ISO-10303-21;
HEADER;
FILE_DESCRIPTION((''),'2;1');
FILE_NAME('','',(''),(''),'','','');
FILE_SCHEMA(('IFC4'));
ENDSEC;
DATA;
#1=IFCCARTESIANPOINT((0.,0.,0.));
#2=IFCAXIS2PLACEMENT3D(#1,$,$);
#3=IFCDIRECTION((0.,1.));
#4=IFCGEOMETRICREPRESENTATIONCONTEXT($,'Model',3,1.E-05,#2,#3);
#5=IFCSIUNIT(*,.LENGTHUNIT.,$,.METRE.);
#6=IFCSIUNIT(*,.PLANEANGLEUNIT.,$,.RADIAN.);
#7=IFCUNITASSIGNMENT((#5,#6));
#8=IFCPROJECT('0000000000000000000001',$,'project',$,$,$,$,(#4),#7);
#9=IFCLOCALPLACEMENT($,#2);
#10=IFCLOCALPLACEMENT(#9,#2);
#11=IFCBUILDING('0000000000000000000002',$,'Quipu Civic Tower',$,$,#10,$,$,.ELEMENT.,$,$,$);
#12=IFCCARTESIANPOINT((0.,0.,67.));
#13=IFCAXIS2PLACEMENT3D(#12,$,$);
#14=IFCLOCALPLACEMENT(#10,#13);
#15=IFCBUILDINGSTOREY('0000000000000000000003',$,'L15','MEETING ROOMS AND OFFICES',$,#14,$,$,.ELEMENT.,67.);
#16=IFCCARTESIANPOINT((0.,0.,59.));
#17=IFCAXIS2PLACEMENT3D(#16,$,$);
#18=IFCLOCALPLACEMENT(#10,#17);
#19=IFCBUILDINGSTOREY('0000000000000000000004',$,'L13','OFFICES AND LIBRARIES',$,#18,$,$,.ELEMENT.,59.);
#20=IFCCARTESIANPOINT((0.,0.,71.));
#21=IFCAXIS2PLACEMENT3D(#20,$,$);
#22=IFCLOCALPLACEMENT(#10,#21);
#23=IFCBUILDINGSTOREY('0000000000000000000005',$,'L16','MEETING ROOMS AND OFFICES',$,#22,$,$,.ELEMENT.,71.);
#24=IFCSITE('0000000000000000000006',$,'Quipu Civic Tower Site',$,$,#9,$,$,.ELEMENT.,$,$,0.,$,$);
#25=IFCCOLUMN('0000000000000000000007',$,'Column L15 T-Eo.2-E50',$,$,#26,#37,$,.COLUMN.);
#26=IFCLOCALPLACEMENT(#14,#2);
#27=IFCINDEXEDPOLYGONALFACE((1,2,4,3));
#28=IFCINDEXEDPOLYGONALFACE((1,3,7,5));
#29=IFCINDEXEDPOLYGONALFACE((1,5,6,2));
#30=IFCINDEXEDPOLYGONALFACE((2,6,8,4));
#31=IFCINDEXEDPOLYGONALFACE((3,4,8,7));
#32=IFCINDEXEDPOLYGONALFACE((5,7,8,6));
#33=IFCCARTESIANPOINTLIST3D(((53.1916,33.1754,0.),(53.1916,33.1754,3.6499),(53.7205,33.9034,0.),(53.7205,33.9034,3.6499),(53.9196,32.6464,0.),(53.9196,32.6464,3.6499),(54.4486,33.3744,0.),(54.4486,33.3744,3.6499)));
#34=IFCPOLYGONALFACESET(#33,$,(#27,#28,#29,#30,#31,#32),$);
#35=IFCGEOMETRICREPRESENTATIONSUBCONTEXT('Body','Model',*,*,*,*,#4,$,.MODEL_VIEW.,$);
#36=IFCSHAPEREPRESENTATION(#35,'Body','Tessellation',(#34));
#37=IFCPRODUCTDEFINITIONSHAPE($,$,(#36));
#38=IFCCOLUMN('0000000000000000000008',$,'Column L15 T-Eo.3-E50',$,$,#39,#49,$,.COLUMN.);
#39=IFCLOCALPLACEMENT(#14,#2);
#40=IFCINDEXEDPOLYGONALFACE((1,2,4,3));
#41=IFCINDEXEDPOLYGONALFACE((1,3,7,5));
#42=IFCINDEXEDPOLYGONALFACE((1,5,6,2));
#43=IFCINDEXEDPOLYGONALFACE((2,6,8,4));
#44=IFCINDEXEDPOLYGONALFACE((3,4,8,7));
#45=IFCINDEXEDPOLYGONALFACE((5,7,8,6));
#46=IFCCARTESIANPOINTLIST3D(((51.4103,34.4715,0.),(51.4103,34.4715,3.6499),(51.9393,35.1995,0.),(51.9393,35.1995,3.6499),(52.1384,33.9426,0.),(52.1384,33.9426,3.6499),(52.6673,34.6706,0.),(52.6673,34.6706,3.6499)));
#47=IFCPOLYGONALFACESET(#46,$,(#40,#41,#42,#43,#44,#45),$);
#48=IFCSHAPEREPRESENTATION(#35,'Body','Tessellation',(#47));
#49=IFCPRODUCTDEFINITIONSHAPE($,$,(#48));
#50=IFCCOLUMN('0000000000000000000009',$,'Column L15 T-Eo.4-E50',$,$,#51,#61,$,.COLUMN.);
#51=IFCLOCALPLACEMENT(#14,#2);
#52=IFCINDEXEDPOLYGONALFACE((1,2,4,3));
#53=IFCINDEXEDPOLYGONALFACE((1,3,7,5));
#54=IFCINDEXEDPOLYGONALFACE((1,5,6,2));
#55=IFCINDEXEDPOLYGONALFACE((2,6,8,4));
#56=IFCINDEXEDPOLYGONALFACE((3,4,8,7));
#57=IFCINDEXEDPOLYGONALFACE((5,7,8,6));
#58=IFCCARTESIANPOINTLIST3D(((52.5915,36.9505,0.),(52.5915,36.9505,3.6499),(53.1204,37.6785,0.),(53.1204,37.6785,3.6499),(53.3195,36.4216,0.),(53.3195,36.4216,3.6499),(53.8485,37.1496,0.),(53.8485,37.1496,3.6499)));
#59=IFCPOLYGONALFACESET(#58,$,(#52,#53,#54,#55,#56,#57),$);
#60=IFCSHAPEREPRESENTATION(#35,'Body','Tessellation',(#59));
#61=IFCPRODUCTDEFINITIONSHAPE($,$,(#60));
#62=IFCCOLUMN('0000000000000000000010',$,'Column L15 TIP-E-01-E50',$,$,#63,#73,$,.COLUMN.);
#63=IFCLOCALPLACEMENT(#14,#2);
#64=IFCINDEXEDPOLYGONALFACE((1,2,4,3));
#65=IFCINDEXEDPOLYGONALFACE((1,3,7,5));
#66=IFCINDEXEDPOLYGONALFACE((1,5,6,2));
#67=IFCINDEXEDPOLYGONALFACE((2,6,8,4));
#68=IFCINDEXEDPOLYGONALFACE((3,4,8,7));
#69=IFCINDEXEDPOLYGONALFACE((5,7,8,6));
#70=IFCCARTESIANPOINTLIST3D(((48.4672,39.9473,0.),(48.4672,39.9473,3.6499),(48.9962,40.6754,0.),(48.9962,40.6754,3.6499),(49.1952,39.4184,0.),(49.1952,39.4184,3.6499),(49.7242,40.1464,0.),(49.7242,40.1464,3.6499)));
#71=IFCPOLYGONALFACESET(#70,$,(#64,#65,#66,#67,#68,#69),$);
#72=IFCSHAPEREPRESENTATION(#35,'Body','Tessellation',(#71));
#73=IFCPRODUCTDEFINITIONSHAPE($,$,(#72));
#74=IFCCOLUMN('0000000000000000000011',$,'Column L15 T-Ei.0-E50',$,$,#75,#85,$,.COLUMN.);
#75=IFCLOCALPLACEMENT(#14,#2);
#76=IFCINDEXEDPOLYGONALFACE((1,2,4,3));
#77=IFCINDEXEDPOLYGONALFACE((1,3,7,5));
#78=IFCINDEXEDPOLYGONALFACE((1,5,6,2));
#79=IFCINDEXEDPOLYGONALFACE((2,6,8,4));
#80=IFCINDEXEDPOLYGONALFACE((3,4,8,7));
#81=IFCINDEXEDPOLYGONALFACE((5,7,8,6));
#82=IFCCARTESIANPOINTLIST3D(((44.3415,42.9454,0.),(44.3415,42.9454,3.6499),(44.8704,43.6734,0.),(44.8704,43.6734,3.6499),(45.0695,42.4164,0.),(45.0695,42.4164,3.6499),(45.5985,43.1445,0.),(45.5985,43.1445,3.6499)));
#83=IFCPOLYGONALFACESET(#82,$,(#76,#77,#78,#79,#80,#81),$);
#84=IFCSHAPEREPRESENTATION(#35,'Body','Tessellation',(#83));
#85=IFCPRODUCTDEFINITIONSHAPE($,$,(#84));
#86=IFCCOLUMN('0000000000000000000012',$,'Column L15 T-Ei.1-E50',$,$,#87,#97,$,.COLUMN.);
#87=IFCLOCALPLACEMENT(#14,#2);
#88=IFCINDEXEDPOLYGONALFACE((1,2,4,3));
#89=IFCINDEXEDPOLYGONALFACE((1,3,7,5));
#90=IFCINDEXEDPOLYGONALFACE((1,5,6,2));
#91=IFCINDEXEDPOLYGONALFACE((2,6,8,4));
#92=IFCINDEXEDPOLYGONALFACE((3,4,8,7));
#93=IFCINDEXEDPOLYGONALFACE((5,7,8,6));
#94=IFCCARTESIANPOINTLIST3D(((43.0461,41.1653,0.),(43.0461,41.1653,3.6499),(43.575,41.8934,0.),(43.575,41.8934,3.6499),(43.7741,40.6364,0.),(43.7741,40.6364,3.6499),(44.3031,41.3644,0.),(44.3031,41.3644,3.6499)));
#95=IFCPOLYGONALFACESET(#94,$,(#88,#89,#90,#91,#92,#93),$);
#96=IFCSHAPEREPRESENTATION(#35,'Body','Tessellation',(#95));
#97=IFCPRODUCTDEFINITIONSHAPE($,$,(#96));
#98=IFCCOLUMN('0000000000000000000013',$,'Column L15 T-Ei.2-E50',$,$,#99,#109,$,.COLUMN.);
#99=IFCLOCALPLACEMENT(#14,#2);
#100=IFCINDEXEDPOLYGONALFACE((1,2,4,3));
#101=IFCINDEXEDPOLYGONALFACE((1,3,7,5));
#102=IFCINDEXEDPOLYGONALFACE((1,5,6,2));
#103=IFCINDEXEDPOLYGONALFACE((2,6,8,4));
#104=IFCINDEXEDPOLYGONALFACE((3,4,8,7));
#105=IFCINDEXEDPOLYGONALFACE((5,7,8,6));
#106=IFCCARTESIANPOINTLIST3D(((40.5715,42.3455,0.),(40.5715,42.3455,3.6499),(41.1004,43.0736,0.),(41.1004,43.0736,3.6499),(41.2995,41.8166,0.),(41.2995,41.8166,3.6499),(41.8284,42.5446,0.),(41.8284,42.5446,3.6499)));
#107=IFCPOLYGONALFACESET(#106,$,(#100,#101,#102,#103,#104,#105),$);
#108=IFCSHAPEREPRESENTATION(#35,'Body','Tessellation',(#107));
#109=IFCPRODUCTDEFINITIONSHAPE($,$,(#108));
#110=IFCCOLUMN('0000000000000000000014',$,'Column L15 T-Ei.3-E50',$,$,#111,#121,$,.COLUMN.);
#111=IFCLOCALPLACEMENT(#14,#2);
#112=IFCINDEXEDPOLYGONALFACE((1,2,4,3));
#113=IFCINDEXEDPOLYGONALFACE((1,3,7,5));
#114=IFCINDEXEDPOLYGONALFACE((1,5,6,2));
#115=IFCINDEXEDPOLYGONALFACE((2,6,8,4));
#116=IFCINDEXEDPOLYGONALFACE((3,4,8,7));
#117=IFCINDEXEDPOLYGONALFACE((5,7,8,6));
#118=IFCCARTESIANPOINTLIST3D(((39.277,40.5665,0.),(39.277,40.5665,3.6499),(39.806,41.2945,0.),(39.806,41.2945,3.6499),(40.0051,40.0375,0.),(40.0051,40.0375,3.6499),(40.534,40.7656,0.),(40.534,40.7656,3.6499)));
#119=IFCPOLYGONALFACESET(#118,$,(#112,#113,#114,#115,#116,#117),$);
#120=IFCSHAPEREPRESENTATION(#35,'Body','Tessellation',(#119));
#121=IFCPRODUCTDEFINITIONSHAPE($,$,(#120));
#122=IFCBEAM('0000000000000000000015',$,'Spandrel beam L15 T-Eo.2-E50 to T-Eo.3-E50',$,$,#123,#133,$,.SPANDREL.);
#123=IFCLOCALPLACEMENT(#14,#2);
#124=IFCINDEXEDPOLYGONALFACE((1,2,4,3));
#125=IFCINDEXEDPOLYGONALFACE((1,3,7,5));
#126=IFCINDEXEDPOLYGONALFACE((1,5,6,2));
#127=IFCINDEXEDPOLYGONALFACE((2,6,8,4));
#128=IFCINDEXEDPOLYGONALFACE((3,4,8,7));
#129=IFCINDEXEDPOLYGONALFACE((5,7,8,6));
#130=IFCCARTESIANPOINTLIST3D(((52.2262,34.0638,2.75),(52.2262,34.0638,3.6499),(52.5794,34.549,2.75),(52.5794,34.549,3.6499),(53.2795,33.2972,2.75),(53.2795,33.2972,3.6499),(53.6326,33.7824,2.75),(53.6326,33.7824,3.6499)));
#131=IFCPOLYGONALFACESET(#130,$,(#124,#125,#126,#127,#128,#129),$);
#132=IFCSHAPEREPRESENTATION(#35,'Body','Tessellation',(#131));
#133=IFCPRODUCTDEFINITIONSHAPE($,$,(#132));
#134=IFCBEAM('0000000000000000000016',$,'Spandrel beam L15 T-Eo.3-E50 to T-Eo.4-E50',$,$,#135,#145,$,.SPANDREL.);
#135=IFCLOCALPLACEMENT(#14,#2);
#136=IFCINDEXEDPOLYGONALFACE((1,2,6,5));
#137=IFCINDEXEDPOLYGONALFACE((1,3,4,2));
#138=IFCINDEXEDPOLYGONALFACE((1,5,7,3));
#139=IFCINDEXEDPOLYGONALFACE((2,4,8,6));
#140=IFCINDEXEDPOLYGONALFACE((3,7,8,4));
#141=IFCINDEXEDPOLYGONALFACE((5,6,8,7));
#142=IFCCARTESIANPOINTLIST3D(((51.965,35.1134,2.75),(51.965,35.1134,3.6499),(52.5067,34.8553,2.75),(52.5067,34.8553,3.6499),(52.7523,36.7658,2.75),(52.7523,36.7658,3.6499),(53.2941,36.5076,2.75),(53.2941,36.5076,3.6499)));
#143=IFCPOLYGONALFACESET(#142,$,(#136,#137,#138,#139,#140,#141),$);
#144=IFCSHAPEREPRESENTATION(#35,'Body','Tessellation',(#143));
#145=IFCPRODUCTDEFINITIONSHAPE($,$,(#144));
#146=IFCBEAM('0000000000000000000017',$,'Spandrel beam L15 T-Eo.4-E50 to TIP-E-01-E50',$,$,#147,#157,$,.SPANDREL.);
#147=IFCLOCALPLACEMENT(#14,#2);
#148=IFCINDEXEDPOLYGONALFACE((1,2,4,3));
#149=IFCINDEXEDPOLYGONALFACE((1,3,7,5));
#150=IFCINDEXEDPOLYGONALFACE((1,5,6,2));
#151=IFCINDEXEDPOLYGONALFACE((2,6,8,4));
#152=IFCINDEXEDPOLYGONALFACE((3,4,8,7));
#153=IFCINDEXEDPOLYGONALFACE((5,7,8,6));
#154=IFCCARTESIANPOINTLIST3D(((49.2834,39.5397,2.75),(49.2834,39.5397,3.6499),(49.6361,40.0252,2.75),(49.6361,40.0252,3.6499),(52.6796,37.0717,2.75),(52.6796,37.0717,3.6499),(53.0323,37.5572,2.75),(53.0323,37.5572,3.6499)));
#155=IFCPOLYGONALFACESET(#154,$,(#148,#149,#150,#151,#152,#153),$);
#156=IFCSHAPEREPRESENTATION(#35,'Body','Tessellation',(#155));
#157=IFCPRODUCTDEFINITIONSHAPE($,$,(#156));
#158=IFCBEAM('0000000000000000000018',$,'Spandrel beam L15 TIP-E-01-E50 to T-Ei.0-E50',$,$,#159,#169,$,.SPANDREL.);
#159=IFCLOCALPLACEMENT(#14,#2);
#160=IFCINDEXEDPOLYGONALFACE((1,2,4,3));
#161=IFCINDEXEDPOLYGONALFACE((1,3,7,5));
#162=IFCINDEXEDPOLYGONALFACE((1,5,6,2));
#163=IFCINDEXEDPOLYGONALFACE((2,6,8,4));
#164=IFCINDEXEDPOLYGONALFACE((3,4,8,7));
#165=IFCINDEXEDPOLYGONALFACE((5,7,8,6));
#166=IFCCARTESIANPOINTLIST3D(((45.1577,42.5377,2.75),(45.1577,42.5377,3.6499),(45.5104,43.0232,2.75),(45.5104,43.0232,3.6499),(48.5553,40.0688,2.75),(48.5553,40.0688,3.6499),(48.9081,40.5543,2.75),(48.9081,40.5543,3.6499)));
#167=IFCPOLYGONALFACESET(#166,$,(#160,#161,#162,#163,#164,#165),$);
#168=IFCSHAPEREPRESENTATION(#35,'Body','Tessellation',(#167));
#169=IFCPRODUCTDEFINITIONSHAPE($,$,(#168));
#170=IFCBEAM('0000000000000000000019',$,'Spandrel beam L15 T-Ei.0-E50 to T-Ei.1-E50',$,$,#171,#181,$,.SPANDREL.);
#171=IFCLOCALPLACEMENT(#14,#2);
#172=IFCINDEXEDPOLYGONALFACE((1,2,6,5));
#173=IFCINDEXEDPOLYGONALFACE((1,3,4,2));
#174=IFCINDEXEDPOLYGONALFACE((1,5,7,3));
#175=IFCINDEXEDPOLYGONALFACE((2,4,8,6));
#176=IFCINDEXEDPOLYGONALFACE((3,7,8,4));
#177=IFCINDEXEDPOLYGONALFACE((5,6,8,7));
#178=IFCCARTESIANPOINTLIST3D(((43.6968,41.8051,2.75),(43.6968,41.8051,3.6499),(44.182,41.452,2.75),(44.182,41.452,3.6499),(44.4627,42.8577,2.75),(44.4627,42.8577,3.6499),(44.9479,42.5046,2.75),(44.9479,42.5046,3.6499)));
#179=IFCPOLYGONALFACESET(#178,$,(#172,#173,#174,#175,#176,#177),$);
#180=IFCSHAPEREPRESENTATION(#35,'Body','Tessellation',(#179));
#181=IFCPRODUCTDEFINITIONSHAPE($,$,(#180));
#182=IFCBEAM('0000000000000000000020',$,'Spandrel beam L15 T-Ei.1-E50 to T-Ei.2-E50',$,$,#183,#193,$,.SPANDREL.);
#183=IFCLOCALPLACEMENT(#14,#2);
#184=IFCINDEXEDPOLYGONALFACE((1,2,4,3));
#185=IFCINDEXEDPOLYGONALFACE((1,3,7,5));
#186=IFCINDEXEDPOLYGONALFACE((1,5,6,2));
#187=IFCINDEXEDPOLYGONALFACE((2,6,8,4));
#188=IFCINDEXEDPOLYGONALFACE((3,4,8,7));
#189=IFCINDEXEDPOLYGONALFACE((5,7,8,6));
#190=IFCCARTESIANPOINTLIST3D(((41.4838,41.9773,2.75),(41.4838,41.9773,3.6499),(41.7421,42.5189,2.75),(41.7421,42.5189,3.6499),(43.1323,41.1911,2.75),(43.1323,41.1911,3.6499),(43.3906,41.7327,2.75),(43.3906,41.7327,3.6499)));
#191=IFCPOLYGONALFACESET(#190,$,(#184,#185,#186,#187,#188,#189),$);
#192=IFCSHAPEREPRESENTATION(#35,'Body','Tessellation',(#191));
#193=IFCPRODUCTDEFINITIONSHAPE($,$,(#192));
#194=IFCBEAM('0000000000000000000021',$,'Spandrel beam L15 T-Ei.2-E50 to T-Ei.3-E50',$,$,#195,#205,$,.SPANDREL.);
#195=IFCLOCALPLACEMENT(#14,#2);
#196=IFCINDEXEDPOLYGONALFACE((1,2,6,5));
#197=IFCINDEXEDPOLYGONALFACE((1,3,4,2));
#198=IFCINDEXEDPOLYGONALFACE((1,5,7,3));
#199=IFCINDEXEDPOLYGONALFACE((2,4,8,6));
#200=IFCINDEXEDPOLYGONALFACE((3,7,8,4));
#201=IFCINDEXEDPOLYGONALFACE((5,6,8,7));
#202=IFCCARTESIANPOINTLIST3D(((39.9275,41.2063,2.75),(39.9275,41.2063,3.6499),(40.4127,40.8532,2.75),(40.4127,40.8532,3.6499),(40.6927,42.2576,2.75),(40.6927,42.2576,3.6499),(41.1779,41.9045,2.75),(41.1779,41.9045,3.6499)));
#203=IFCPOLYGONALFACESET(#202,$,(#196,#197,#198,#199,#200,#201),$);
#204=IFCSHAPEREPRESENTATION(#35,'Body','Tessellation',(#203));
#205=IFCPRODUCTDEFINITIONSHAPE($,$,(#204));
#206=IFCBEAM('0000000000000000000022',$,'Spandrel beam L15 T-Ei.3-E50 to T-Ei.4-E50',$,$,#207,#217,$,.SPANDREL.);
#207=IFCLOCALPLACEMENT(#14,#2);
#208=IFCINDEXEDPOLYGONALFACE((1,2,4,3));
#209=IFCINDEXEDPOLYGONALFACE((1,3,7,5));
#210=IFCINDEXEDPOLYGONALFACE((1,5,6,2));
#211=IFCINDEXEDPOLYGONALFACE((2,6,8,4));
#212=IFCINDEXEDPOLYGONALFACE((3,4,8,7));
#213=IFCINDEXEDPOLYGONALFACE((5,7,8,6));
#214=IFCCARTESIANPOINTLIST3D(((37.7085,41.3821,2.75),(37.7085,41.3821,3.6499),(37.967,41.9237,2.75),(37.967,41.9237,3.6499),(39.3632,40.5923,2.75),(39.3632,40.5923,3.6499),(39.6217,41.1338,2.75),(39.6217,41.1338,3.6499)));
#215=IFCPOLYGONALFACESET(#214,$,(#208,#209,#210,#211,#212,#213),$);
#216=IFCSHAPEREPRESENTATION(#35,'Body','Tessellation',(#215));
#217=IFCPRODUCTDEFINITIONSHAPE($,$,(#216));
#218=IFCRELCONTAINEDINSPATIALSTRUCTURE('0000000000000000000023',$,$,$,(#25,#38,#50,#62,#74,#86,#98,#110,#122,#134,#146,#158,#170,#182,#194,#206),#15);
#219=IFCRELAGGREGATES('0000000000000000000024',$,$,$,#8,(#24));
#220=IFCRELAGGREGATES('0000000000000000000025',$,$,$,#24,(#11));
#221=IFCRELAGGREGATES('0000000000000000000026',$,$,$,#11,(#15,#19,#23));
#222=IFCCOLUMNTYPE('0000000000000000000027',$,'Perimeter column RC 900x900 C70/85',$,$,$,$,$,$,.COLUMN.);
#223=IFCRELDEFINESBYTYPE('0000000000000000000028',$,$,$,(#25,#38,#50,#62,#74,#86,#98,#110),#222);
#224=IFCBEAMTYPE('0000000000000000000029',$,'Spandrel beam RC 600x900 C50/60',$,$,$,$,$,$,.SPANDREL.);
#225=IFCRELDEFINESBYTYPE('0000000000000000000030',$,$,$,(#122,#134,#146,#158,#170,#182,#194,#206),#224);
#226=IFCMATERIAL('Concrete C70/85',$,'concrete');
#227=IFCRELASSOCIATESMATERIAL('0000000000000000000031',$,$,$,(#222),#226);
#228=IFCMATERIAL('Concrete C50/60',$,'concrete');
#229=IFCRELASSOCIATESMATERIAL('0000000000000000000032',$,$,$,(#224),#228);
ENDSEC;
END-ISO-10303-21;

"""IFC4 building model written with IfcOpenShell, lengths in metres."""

from ifc_helpers import new_model, si_unit, direction, frame, origin, origin_2d, place, context, subcontext, project, spatial, rectangle, extrude, material, material_profile, profile_set, type_object, element, save


model = new_model("IFC4")

# Units and contexts
model_context = context("Model", 3, precision=1e-05, world=origin(), true_north=direction((0.0, 1.0)))
body_context = subcontext(model_context, "Body", "Model", "MODEL_VIEW")
ifc_project = project(units=[si_unit("LENGTHUNIT", "METRE"), si_unit("PLANEANGLEUNIT", "RADIAN")], contexts=[model_context])

# Site, building, storey
site_placement = place(None, origin())
site = spatial("IfcSite", under=ifc_project, at=site_placement, Name="Quipu Civic Tower Site", CompositionType="ELEMENT", RefElevation=0.0)
building_placement = place(site_placement, origin())
building = spatial("IfcBuilding", under=site, at=building_placement, Name="Quipu Civic Tower", CompositionType="ELEMENT")
storey_1_placement = place(building_placement, frame((0.0, 0.0, 67.0)))
storey_1 = spatial("IfcBuildingStorey", under=building, at=storey_1_placement, Name="L15", Description="MEETING ROOMS AND OFFICES", CompositionType="ELEMENT", Elevation=67.0)

# Columns
ifc_material_1 = material(Name="Concrete C70/85", Category="concrete")
ifc_material_profile_1 = material_profile(ifc_material_1, rectangle(XDim=0.8999, YDim=0.8999, at=origin_2d()), Name="RC900x900")
ifc_profile_set_1 = profile_set([ifc_material_profile_1], Name="Concrete C70/85")
column_type = type_object("IfcColumnType", Name="Perimeter column RC 900x900 C70/85", PredefinedType="COLUMN", material=ifc_profile_set_1)
for number, where, z_axis, x_axis, name in (
    (1, (53.8201, 33.2749, 0.0), (0.0, 0.0, 1.0), (-0.809017, 0.587785, 0.0), "Column L15 T-Eo.2-E50"),
    (2, (52.0388, 34.571, 0.0), (0.0, 0.0, 1.0), (0.587785, 0.809017, 0.0), "Column L15 T-Eo.3-E50"),
    (3, (53.22, 37.05, 0.0), (0.0, 0.0, 1.0), (-0.809017, 0.587785, 0.0), "Column L15 T-Eo.4-E50"),
    (4, (49.0957, 40.0469, 0.0), (0.0, 0.0, 1.0), (-0.809017, 0.587785, 0.0), "Column L15 TIP-E-01-E50"),
    (5, (44.97, 43.0449, 0.0), (0.0, 0.0, 1.0), (-0.809017, 0.587785, 0.0), "Column L15 T-Ei.0-E50"),
    (6, (43.6746, 41.2649, 0.0), (0.0, 0.0, 1.0), (-0.809017, 0.587785, 0.0), "Column L15 T-Ei.1-E50"),
    (7, (41.2, 42.4451, 0.0), (0.0, 0.0, 1.0), (-0.587785, -0.809017, 0.0), "Column L15 T-Ei.2-E50"),
    (8, (39.9055, 40.666, 0.0), (0.0, 0.0, 1.0), (-0.587785, -0.809017, 0.0), "Column L15 T-Ei.3-E50"),
):
    element("IfcColumn", number, at=place(storey_1_placement, frame(where, z_axis=z_axis, x_axis=x_axis)), inside=storey_1, type_object=column_type, Name=name, PredefinedType="COLUMN", context=body_context, shape_type="SweptSolid", body=[
        extrude(rectangle(XDim=0.8999, YDim=0.8999, at=origin_2d()), origin(), (0.0, 0.0, 1.0), 3.6499),
    ])

# Beams
ifc_material_2 = material(Name="Concrete C50/60", Category="concrete")
ifc_material_profile_2 = material_profile(ifc_material_2, rectangle(XDim=0.6001, YDim=0.8999, at=origin_2d()), Name="RC600x900")
ifc_profile_set_2 = profile_set([ifc_material_profile_2], Name="Concrete C50/60")
beam_type = type_object("IfcBeamType", Name="Spandrel beam RC 600x900 C50/60", PredefinedType="SPANDREL", material=ifc_profile_set_2)
beam_1_placement = place(storey_1_placement, frame((53.4561, 33.5398, 3.2), z_axis=(-0.808509, 0.588484, 0.0), x_axis=(-0.588484, -0.808509, 0.0)))
element("IfcBeam", 9, at=beam_1_placement, inside=storey_1, type_object=beam_type, Name="Spandrel beam L15 T-Eo.2-E50 to T-Eo.3-E50", PredefinedType="SPANDREL", context=body_context, shape_type="SweptSolid", body=[
    extrude(rectangle(XDim=0.6001, YDim=0.8999, at=origin_2d()), origin(), (0.0, 0.0, 1.0), 1.3027),
])
beam_2_placement = place(storey_1_placement, frame((52.2358, 34.9844, 3.2), z_axis=(0.430167, 0.90275, 0.0), x_axis=(-0.90275, 0.430167, 0.0)))
element("IfcBeam", 10, at=beam_2_placement, inside=storey_1, type_object=beam_type, Name="Spandrel beam L15 T-Eo.3-E50 to T-Eo.4-E50", PredefinedType="SPANDREL", context=body_context, shape_type="SweptSolid", body=[
    extrude(rectangle(XDim=0.6001, YDim=0.8999, at=origin_2d()), origin(), (0.0, 0.0, 1.0), 1.8303),
])
beam_3_placement = place(storey_1_placement, frame((52.856, 37.3145, 3.2), z_axis=(-0.80896, 0.587864, 0.0), x_axis=(-0.587864, -0.80896, 0.0)))
element("IfcBeam", 11, at=beam_3_placement, inside=storey_1, type_object=beam_type, Name="Spandrel beam L15 T-Eo.4-E50 to TIP-E-01-E50", PredefinedType="SPANDREL", context=body_context, shape_type="SweptSolid", body=[
    extrude(rectangle(XDim=0.6001, YDim=0.8999, at=origin_2d()), origin(), (0.0, 0.0, 1.0), 4.1982),
])
beam_4_placement = place(storey_1_placement, frame((48.7317, 40.3115, 3.2), z_axis=(-0.80897, 0.58785, 0.0), x_axis=(-0.58785, -0.80897, 0.0)))
element("IfcBeam", 12, at=beam_4_placement, inside=storey_1, type_object=beam_type, Name="Spandrel beam L15 TIP-E-01-E50 to T-Ei.0-E50", PredefinedType="SPANDREL", context=body_context, shape_type="SweptSolid", body=[
    extrude(rectangle(XDim=0.6001, YDim=0.8999, at=origin_2d()), origin(), (0.0, 0.0, 1.0), 4.2),
])
beam_5_placement = place(storey_1_placement, frame((44.7053, 42.6812, 3.2), z_axis=(-0.588384, -0.808582, 0.0), x_axis=(0.808582, -0.588384, 0.0)))
element("IfcBeam", 13, at=beam_5_placement, inside=storey_1, type_object=beam_type, Name="Spandrel beam L15 T-Ei.0-E50 to T-Ei.1-E50", PredefinedType="SPANDREL", context=body_context, shape_type="SweptSolid", body=[
    extrude(rectangle(XDim=0.6001, YDim=0.8999, at=origin_2d()), origin(), (0.0, 0.0, 1.0), 1.3018),
])
beam_6_placement = place(storey_1_placement, frame((43.2615, 41.4619, 3.2), z_axis=(-0.902613, 0.430452, 0.0), x_axis=(-0.430452, -0.902613, 0.0)))
element("IfcBeam", 14, at=beam_6_placement, inside=storey_1, type_object=beam_type, Name="Spandrel beam L15 T-Ei.1-E50 to T-Ei.2-E50", PredefinedType="SPANDREL", context=body_context, shape_type="SweptSolid", body=[
    extrude(rectangle(XDim=0.6001, YDim=0.8999, at=origin_2d()), origin(), (0.0, 0.0, 1.0), 1.8264),
])
beam_7_placement = place(storey_1_placement, frame((40.9353, 42.0811, 3.2), z_axis=(-0.588462, -0.808525, 0.0), x_axis=(0.808525, -0.588462, 0.0)))
element("IfcBeam", 15, at=beam_7_placement, inside=storey_1, type_object=beam_type, Name="Spandrel beam L15 T-Ei.2-E50 to T-Ei.3-E50", PredefinedType="SPANDREL", context=body_context, shape_type="SweptSolid", body=[
    extrude(rectangle(XDim=0.6001, YDim=0.8999, at=origin_2d()), origin(), (0.0, 0.0, 1.0), 1.3003),
])
beam_8_placement = place(storey_1_placement, frame((39.4924, 40.863, 3.2), z_axis=(-0.902454, 0.430786, 0.0), x_axis=(-0.430786, -0.902454, 0.0)))
element("IfcBeam", 16, at=beam_8_placement, inside=storey_1, type_object=beam_type, Name="Spandrel beam L15 T-Ei.3-E50 to T-Ei.4-E50", PredefinedType="SPANDREL", context=body_context, shape_type="SweptSolid", body=[
    extrude(rectangle(XDim=0.6001, YDim=0.8999, at=origin_2d()), origin(), (0.0, 0.0, 1.0), 1.8335),
])

# Shared definitions
storey_2_placement = place(building_placement, frame((0.0, 0.0, 59.0)))
storey_2 = spatial("IfcBuildingStorey", under=building, at=storey_2_placement, Name="L13", Description="OFFICES AND LIBRARIES", CompositionType="ELEMENT", Elevation=59.0)

# Shared definitions
storey_3_placement = place(building_placement, frame((0.0, 0.0, 71.0)))
storey_3 = spatial("IfcBuildingStorey", under=building, at=storey_3_placement, Name="L16", Description="MEETING ROOMS AND OFFICES", CompositionType="ELEMENT", Elevation=71.0)

save(model, "model.ifc")
